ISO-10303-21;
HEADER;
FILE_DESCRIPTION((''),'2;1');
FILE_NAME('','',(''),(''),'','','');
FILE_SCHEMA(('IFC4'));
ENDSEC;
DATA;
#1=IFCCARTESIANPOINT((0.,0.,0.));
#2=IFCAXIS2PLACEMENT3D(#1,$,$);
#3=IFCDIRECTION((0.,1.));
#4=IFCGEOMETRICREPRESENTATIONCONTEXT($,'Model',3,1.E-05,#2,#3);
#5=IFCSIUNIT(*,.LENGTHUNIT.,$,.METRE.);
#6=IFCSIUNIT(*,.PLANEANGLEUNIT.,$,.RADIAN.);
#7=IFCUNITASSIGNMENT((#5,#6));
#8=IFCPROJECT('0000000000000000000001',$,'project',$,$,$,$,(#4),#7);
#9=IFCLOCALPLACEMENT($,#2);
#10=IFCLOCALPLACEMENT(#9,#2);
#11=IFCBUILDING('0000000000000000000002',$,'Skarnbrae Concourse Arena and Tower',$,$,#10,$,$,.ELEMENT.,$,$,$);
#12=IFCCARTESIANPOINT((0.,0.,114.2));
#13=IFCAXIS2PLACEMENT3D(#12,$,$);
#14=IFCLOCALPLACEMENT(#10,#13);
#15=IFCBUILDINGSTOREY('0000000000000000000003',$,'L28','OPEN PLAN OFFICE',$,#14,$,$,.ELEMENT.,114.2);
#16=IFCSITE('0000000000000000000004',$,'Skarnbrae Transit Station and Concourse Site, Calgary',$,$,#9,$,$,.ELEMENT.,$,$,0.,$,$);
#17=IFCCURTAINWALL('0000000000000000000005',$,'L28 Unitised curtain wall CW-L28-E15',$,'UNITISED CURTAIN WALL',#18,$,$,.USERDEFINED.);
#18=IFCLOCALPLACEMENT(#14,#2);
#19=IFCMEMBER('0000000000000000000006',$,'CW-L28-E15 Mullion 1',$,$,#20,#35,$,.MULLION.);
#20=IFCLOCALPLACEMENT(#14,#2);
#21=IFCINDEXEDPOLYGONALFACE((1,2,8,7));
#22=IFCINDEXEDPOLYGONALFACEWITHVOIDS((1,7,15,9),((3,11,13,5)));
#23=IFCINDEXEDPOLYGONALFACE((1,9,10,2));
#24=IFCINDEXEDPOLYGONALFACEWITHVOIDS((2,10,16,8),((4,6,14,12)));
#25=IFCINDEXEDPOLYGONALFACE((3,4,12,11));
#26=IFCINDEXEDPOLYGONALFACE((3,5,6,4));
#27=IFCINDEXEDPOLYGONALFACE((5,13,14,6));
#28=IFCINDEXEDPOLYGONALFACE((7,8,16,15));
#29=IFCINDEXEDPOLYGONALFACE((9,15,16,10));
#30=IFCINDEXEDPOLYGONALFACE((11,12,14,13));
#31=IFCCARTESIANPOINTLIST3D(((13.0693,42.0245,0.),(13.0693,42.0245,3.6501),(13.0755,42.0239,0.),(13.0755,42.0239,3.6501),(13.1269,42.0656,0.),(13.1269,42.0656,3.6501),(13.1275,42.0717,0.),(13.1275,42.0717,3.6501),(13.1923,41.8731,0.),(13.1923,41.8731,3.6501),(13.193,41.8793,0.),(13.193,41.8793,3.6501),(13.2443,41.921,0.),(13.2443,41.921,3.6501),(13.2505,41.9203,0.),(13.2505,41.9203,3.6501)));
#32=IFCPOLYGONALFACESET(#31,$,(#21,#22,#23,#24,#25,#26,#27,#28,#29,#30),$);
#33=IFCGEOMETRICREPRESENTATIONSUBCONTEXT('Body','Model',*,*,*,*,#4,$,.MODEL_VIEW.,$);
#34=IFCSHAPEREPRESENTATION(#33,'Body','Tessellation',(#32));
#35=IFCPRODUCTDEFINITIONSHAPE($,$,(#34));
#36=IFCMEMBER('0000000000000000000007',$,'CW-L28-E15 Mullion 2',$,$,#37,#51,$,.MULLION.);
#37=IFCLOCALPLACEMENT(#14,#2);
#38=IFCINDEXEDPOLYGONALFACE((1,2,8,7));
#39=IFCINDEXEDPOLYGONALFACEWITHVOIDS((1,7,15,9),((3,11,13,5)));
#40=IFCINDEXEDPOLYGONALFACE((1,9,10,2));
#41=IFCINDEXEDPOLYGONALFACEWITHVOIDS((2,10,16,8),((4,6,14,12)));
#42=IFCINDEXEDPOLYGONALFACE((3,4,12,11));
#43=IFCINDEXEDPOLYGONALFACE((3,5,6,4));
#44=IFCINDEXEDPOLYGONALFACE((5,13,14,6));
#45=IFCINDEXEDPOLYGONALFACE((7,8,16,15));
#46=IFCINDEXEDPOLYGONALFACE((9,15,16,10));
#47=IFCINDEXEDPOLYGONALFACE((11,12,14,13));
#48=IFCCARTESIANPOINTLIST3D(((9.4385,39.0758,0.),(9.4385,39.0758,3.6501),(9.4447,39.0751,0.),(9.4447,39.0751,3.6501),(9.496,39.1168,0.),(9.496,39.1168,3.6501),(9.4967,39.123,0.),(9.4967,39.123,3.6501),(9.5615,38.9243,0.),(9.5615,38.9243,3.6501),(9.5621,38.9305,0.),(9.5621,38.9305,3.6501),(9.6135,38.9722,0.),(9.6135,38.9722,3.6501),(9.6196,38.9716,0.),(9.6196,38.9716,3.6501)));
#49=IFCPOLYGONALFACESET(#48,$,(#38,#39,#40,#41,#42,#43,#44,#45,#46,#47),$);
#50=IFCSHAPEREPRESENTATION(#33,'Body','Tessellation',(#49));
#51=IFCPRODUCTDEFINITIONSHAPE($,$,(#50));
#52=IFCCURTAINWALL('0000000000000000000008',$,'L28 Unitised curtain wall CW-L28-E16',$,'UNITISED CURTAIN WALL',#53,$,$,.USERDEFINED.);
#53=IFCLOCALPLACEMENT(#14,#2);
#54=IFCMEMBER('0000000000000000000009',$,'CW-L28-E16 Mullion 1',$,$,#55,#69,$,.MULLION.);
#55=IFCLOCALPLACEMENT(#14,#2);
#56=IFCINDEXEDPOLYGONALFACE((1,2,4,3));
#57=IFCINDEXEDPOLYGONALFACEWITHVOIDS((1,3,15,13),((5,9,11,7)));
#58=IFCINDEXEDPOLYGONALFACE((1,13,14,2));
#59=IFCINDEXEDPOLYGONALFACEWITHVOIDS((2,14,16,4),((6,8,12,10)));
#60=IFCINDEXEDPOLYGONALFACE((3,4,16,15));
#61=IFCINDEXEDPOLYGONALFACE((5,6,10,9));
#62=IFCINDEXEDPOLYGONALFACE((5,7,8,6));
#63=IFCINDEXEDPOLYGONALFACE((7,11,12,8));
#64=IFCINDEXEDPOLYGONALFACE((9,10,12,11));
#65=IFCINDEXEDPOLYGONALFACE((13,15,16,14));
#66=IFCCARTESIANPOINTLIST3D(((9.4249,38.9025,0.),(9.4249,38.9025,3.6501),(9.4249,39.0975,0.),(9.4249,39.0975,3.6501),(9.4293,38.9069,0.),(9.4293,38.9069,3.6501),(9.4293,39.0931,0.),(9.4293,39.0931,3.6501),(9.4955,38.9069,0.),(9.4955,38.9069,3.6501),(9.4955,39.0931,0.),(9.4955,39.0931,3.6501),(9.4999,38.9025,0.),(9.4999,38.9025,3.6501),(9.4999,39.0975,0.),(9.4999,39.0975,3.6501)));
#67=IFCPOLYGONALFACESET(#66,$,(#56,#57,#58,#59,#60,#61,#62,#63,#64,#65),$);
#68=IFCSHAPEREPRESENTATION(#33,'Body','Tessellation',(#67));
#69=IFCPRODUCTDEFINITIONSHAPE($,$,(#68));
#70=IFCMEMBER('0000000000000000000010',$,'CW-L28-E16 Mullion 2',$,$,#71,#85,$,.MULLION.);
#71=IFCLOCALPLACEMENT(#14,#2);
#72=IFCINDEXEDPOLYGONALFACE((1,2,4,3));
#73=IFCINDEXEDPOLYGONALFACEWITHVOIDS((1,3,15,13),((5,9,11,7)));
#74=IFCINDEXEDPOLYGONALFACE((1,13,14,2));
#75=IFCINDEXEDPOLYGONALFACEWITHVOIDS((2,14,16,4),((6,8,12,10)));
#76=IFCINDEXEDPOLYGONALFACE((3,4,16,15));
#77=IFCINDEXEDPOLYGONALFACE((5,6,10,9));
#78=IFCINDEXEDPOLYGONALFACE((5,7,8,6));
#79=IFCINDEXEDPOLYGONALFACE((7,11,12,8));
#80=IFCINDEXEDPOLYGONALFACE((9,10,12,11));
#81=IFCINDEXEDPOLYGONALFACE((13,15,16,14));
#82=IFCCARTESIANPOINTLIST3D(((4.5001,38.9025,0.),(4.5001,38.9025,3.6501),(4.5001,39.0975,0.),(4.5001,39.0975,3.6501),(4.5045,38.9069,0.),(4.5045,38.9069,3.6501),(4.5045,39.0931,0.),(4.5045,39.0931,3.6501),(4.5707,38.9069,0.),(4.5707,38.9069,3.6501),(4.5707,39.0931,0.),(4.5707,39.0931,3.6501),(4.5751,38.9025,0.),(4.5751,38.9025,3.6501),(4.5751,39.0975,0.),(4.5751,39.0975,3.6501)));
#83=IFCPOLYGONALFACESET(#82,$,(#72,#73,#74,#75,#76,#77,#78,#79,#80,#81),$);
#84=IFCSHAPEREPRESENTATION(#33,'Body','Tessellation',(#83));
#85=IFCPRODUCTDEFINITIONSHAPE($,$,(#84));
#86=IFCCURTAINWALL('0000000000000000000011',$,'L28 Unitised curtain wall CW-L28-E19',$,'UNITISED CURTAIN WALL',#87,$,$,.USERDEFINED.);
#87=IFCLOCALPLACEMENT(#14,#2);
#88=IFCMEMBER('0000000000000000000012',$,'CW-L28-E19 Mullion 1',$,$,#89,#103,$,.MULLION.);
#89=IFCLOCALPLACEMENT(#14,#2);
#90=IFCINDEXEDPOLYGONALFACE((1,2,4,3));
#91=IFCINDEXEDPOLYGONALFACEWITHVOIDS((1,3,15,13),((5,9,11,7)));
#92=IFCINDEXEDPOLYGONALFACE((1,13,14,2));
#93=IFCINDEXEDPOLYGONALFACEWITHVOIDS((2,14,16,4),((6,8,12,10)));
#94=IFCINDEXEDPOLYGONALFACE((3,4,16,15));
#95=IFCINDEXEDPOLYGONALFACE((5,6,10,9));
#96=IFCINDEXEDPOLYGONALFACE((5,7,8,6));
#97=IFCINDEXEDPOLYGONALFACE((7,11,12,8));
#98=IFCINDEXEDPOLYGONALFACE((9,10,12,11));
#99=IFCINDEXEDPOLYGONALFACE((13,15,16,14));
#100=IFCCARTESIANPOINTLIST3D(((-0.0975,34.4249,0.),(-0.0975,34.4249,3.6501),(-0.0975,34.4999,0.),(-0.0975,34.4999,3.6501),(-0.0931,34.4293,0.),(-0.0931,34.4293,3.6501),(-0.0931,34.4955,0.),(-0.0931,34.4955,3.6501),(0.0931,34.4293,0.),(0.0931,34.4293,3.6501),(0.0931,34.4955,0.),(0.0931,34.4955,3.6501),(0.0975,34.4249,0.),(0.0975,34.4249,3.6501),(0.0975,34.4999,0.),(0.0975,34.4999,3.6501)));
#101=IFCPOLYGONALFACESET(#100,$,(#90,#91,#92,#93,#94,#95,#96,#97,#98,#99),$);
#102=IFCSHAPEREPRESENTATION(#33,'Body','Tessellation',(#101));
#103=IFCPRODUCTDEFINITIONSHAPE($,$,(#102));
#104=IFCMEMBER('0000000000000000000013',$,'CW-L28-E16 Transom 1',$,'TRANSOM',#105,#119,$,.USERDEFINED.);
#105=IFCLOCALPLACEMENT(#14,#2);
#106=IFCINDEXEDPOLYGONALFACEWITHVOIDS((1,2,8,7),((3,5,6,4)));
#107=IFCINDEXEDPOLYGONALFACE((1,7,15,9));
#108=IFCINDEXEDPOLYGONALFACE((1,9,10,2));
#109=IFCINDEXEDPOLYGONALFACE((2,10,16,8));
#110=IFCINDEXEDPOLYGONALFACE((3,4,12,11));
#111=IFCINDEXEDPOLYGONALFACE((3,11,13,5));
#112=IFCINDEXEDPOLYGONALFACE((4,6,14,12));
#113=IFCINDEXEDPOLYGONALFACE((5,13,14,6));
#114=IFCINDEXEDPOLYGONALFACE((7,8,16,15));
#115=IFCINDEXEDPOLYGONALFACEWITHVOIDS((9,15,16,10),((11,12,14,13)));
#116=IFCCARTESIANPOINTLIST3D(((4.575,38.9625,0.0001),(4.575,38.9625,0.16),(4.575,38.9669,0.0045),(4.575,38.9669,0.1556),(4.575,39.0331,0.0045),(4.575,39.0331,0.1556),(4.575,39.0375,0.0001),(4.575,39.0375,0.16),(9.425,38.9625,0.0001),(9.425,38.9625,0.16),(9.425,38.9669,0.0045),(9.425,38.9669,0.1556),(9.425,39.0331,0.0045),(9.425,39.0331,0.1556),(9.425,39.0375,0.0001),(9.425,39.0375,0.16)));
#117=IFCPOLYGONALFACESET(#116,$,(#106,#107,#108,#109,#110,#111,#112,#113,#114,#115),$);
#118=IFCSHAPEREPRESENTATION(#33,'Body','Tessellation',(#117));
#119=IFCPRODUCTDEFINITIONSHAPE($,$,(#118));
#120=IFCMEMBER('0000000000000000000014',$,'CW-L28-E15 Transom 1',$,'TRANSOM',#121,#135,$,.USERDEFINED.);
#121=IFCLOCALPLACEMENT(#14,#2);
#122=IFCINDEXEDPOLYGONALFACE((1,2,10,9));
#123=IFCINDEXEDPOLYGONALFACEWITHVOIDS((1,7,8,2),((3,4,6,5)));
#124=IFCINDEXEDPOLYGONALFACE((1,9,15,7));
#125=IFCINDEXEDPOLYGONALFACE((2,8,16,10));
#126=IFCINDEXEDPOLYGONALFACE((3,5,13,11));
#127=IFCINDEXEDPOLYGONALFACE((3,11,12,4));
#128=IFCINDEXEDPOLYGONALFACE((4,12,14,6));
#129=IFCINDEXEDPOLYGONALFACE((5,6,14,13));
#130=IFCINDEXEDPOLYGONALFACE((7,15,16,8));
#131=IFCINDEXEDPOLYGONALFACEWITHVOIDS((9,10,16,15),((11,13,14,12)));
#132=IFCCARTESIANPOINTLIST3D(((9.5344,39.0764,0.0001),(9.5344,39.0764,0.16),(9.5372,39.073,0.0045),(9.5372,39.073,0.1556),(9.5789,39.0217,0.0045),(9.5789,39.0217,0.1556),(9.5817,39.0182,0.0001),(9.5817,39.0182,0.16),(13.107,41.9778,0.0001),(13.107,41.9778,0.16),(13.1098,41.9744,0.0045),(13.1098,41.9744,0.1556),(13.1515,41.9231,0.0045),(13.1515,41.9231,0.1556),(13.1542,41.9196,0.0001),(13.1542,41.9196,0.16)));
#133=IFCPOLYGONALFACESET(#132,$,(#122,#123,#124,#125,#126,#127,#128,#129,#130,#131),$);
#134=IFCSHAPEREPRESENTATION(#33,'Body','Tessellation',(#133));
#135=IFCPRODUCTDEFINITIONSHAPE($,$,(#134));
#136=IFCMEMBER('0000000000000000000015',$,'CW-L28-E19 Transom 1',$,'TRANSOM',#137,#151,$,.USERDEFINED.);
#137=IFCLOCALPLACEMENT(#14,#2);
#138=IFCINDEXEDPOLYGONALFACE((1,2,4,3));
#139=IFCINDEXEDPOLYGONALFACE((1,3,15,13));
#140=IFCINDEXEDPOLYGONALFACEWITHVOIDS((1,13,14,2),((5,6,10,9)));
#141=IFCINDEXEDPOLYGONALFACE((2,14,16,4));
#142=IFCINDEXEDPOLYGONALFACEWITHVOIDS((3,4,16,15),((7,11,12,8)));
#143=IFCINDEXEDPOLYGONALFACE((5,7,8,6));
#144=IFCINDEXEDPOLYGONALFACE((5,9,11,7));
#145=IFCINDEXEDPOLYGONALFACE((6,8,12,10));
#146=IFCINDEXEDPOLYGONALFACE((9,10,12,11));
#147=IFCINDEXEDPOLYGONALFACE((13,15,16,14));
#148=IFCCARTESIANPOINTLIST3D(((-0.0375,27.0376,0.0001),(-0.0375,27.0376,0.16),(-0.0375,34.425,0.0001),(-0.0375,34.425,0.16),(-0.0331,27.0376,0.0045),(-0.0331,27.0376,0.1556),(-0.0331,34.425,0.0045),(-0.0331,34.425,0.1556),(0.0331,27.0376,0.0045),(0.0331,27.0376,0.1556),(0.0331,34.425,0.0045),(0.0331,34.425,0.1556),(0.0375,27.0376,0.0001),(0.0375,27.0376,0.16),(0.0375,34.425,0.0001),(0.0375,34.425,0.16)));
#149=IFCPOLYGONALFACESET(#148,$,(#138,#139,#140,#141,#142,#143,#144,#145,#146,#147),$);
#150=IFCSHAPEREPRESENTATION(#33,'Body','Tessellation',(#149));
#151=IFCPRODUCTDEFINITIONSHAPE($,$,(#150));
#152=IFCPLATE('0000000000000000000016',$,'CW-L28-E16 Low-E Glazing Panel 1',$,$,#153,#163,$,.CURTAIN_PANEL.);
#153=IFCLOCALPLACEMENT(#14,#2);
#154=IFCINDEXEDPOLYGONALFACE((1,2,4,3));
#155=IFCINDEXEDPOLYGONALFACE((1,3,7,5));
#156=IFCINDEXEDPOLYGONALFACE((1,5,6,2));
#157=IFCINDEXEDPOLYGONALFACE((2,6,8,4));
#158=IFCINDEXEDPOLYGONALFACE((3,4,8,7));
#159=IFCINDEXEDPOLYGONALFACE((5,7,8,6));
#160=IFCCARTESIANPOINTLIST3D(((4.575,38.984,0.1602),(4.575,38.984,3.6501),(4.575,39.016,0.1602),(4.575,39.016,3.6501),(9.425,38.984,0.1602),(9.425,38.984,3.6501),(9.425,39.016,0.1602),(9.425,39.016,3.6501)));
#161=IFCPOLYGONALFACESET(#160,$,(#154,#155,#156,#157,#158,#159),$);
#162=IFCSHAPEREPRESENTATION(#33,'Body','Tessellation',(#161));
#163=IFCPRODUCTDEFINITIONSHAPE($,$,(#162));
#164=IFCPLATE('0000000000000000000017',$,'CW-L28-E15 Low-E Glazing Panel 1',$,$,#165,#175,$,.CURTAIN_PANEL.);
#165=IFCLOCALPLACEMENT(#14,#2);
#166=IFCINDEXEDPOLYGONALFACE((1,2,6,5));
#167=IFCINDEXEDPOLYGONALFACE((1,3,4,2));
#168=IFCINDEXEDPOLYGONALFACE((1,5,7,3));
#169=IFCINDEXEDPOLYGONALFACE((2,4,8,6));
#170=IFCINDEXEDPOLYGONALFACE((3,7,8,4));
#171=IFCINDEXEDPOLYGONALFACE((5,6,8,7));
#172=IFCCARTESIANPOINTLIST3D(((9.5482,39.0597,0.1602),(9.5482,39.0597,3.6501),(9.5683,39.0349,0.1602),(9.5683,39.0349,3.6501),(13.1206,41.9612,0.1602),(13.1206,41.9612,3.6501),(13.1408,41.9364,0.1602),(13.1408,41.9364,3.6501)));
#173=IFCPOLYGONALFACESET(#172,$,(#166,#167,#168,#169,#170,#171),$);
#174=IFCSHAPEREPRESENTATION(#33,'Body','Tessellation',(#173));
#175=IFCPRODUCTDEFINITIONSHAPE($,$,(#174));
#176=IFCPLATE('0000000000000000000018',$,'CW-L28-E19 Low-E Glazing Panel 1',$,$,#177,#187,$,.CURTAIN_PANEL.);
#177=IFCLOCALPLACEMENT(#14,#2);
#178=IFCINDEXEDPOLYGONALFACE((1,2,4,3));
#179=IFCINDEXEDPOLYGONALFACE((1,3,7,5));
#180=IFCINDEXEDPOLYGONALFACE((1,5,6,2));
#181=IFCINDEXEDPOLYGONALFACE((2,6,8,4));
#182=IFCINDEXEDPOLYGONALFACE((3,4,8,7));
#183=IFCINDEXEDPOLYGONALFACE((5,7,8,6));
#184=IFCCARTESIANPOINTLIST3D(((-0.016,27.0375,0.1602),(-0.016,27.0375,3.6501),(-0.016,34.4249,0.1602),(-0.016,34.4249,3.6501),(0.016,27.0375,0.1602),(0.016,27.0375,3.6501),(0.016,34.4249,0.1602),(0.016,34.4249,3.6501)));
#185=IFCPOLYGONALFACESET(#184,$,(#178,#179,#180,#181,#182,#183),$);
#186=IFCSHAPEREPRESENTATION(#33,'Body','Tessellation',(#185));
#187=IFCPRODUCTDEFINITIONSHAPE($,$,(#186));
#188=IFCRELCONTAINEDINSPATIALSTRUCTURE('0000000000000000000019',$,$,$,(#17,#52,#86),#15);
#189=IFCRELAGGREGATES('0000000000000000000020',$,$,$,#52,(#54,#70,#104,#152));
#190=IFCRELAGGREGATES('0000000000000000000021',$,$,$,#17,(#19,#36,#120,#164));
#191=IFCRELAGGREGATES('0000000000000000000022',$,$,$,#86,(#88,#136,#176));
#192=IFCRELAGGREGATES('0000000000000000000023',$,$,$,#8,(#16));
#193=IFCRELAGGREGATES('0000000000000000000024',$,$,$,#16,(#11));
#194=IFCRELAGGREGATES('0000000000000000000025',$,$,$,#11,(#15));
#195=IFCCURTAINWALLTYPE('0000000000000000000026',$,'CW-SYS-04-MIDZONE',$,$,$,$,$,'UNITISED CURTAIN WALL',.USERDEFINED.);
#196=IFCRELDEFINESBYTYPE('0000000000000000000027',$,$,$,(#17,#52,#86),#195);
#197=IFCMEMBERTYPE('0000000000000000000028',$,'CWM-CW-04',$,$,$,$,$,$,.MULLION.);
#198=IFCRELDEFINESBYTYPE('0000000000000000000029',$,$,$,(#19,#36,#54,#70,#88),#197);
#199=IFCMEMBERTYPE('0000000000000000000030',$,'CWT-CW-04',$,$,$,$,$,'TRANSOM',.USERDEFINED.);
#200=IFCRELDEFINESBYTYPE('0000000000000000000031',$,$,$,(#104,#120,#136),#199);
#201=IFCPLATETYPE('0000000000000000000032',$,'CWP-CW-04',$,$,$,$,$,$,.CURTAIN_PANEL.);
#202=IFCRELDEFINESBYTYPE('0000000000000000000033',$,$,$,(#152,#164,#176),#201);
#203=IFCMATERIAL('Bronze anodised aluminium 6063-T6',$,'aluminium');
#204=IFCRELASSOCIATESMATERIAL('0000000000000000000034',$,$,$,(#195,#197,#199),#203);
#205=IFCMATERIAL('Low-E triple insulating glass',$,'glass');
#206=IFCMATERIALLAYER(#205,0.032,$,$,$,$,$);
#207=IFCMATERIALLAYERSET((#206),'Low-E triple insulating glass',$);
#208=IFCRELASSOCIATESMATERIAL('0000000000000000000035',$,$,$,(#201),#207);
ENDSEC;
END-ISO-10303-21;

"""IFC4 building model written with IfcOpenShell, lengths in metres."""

from ifc_helpers import new_model, si_unit, direction, frame, origin, origin_2d, place, context, subcontext, project, spatial, rectangle, hollow_rectangle, extrude, source, transform, mapped, material, layer, layer_set, material_profile, profile_set, type_object, element, aggregate, save


model = new_model("IFC4")

# Units and contexts
model_context = context("Model", 3, precision=1e-05, world=origin(), true_north=direction((0.0, 1.0)))
body_context = subcontext(model_context, "Body", "Model", "MODEL_VIEW")
ifc_project = project(units=[si_unit("LENGTHUNIT", "METRE"), si_unit("PLANEANGLEUNIT", "RADIAN")], contexts=[model_context])

# Site, building, storey
site_placement = place(None, origin())
site = spatial("IfcSite", under=ifc_project, at=site_placement, Name="Skarnbrae Transit Station and Concourse Site, Calgary", CompositionType="ELEMENT", RefElevation=0.0)
building_placement = place(site_placement, origin())
building = spatial("IfcBuilding", under=site, at=building_placement, Name="Skarnbrae Concourse Arena and Tower", CompositionType="ELEMENT")
storey_placement = place(building_placement, frame((0.0, 0.0, 114.2)))
storey = spatial("IfcBuildingStorey", under=building, at=storey_placement, Name="L28", Description="OPEN PLAN OFFICE", CompositionType="ELEMENT", Elevation=114.2)

# Shared definitions
ifc_material_1 = material(Name="Bronze anodised aluminium 6063-T6", Category="aluminium")
curtain_wall_type = type_object("IfcCurtainWallType", Name="CW-SYS-04-MIDZONE", ElementType="UNITISED CURTAIN WALL", PredefinedType="USERDEFINED", material=ifc_material_1)
ifc_material_profile_1 = material_profile(ifc_material_1, hollow_rectangle(XDim=0.075, YDim=0.1951, WallThickness=0.0044, at=origin_2d()), Name="ALU-MULL-75X195")
ifc_profile_set_1 = profile_set([ifc_material_profile_1], Name="Bronze anodised aluminium 6063-T6")
member_type_1 = type_object("IfcMemberType", Name="CWM-CW-04", PredefinedType="MULLION", material=ifc_profile_set_1)
shared_shape_1 = source(origin(), body_context, "Body", "SweptSolid", [
    extrude(hollow_rectangle(XDim=0.075, YDim=0.1951, WallThickness=0.0044, at=origin_2d()), origin(), (0.0, 0.0, 1.0), 3.6501),
])

# Curtain walls, members
curtain_wall_1_placement = place(storey_placement, origin())
curtain_wall_1 = element("IfcCurtainWall", 1, at=curtain_wall_1_placement, inside=storey, type_object=curtain_wall_type, Name="L28 Unitised curtain wall CW-L28-E15", ObjectType="UNITISED CURTAIN WALL", PredefinedType="USERDEFINED")
member_1_placement = place(storey_placement, frame((13.1599, 41.9724, 0.0), z_axis=(0.0, 0.0, 1.0), x_axis=(-0.776241, -0.630436, 0.0)))
member_1 = element("IfcMember", 2, at=member_1_placement, type_object=member_type_1, Name="CW-L28-E15 Mullion 1", PredefinedType="MULLION", context=body_context, shape_type="MappedRepresentation", body=[
    mapped(shared_shape_1, transform((0.0, 0.0, 0.0))),
])
member_2_placement = place(storey_placement, frame((9.5291, 39.0237, 0.0), z_axis=(0.0, 0.0, 1.0), x_axis=(-0.776241, -0.630436, 0.0)))
member_2 = element("IfcMember", 3, at=member_2_placement, type_object=member_type_1, Name="CW-L28-E15 Mullion 2", PredefinedType="MULLION", context=body_context, shape_type="MappedRepresentation", body=[
    mapped(shared_shape_1, transform((0.0, 0.0, 0.0))),
])
curtain_wall_2_placement = place(storey_placement, origin())
curtain_wall_2 = element("IfcCurtainWall", 4, at=curtain_wall_2_placement, inside=storey, type_object=curtain_wall_type, Name="L28 Unitised curtain wall CW-L28-E16", ObjectType="UNITISED CURTAIN WALL", PredefinedType="USERDEFINED")
member_3_placement = place(storey_placement, frame((9.4624, 39.0, 0.0), z_axis=(0.0, 0.0, 1.0), x_axis=(-1.0, 0.0, 0.0)))
member_3 = element("IfcMember", 5, at=member_3_placement, type_object=member_type_1, Name="CW-L28-E16 Mullion 1", PredefinedType="MULLION", context=body_context, shape_type="MappedRepresentation", body=[
    mapped(shared_shape_1, transform((0.0, 0.0, 0.0))),
])
member_4_placement = place(storey_placement, frame((4.5376, 39.0, 0.0), z_axis=(0.0, 0.0, 1.0), x_axis=(-1.0, 0.0, 0.0)))
member_4 = element("IfcMember", 6, at=member_4_placement, type_object=member_type_1, Name="CW-L28-E16 Mullion 2", PredefinedType="MULLION", context=body_context, shape_type="MappedRepresentation", body=[
    mapped(shared_shape_1, transform((0.0, 0.0, 0.0))),
])

# Curtain wall, member
curtain_wall_3_placement = place(storey_placement, origin())
curtain_wall_3 = element("IfcCurtainWall", 7, at=curtain_wall_3_placement, inside=storey, type_object=curtain_wall_type, Name="L28 Unitised curtain wall CW-L28-E19", ObjectType="UNITISED CURTAIN WALL", PredefinedType="USERDEFINED")
member_5_placement = place(storey_placement, frame((0.0, 34.4624, 0.0), z_axis=(0.0, 0.0, 1.0), x_axis=(0.0, -1.0, 0.0)))
member_5 = element("IfcMember", 8, at=member_5_placement, type_object=member_type_1, Name="CW-L28-E19 Mullion 1", PredefinedType="MULLION", context=body_context, shape_type="MappedRepresentation", body=[
    mapped(shared_shape_1, transform((0.0, 0.0, 0.0))),
])

# Members
ifc_material_profile_2 = material_profile(ifc_material_1, hollow_rectangle(XDim=0.075, YDim=0.1599, WallThickness=0.0044, at=origin_2d()), Name="ALU-TRAN-75X160")
ifc_profile_set_2 = profile_set([ifc_material_profile_2], Name="Bronze anodised aluminium 6063-T6")
member_type_2 = type_object("IfcMemberType", Name="CWT-CW-04", ElementType="TRANSOM", PredefinedType="USERDEFINED", material=ifc_profile_set_2)
shared_shape_2 = source(origin(), body_context, "Body", "SweptSolid", [
    extrude(hollow_rectangle(XDim=0.075, YDim=0.1599, WallThickness=0.0044, at=origin_2d()), origin(), (0.0, 0.0, 1.0), 4.8501),
])
member_6_placement = place(storey_placement, frame((9.425, 39.0, 0.0801), z_axis=(-1.0, 0.0, 0.0), x_axis=(0.0, -1.0, 0.0)))
member_6 = element("IfcMember", 9, at=member_6_placement, type_object=member_type_2, Name="CW-L28-E16 Transom 1", ObjectType="TRANSOM", PredefinedType="USERDEFINED", context=body_context, shape_type="MappedRepresentation", body=[
    mapped(shared_shape_2, transform((0.0, 0.0, 0.0))),
])
shared_shape_3 = source(origin(), body_context, "Body", "SweptSolid", [
    extrude(hollow_rectangle(XDim=0.075, YDim=0.1599, WallThickness=0.0044, at=origin_2d()), origin(), (0.0, 0.0, 1.0), 4.6023),
])
member_7_placement = place(storey_placement, frame((13.1306, 41.9487, 0.0801), z_axis=(-0.776252, -0.630423, 0.0), x_axis=(0.630423, -0.776252, 0.0)))
member_7 = element("IfcMember", 10, at=member_7_placement, type_object=member_type_2, Name="CW-L28-E15 Transom 1", ObjectType="TRANSOM", PredefinedType="USERDEFINED", context=body_context, shape_type="MappedRepresentation", body=[
    mapped(shared_shape_3, transform((0.0, 0.0, 0.0))),
])
shared_shape_4 = source(origin(), body_context, "Body", "SweptSolid", [
    extrude(hollow_rectangle(XDim=0.075, YDim=0.1599, WallThickness=0.0044, at=origin_2d()), origin(), (0.0, 0.0, 1.0), 7.3875),
])
member_8_placement = place(storey_placement, frame((0.0, 34.425, 0.0801), z_axis=(0.0, -1.0, 0.0), x_axis=(1.0, 0.0, 0.0)))
member_8 = element("IfcMember", 11, at=member_8_placement, type_object=member_type_2, Name="CW-L28-E19 Transom 1", ObjectType="TRANSOM", PredefinedType="USERDEFINED", context=body_context, shape_type="MappedRepresentation", body=[
    mapped(shared_shape_4, transform((0.0, 0.0, 0.0))),
])

# Plates
ifc_material_2 = material(Name="Low-E triple insulating glass", Category="glass")
ifc_layer_1 = layer(ifc_material_2, 0.032)
ifc_layer_set_1 = layer_set([ifc_layer_1], Name="Low-E triple insulating glass")
plate_type = type_object("IfcPlateType", Name="CWP-CW-04", PredefinedType="CURTAIN_PANEL", material=ifc_layer_set_1)
shared_shape_5 = source(origin(), body_context, "Body", "SweptSolid", [
    extrude(rectangle(XDim=4.8501, YDim=0.032, at=origin_2d()), origin(), (0.0, 0.0, 1.0), 3.49),
])
plate_1_placement = place(storey_placement, frame((7.0, 39.0, 0.1602), z_axis=(0.0, 0.0, 1.0), x_axis=(-1.0, 0.0, 0.0)))
plate_1 = element("IfcPlate", 12, at=plate_1_placement, type_object=plate_type, Name="CW-L28-E16 Low-E Glazing Panel 1", PredefinedType="CURTAIN_PANEL", context=body_context, shape_type="MappedRepresentation", body=[
    mapped(shared_shape_5, transform((0.0, 0.0, 0.0))),
])
aggregate(curtain_wall_2, [member_3, member_4, member_6, plate_1])
shared_shape_6 = source(origin(), body_context, "Body", "SweptSolid", [
    extrude(rectangle(XDim=4.6023, YDim=0.032, at=origin_2d()), origin(), (0.0, 0.0, 1.0), 3.49),
])
plate_2_placement = place(storey_placement, frame((11.3445, 40.498, 0.1602), z_axis=(0.0, 0.0, 1.0), x_axis=(-0.776241, -0.630436, 0.0)))
plate_2 = element("IfcPlate", 13, at=plate_2_placement, type_object=plate_type, Name="CW-L28-E15 Low-E Glazing Panel 1", PredefinedType="CURTAIN_PANEL", context=body_context, shape_type="MappedRepresentation", body=[
    mapped(shared_shape_6, transform((0.0, 0.0, 0.0))),
])
aggregate(curtain_wall_1, [member_1, member_2, member_7, plate_2])
shared_shape_7 = source(origin(), body_context, "Body", "SweptSolid", [
    extrude(rectangle(XDim=7.3875, YDim=0.032, at=origin_2d()), origin(), (0.0, 0.0, 1.0), 3.49),
])
plate_3_placement = place(storey_placement, frame((0.0, 30.7312, 0.1602), z_axis=(0.0, 0.0, 1.0), x_axis=(0.0, -1.0, 0.0)))
plate_3 = element("IfcPlate", 14, at=plate_3_placement, type_object=plate_type, Name="CW-L28-E19 Low-E Glazing Panel 1", PredefinedType="CURTAIN_PANEL", context=body_context, shape_type="MappedRepresentation", body=[
    mapped(shared_shape_7, transform((0.0, 0.0, 0.0))),
])
aggregate(curtain_wall_3, [member_5, member_8, plate_3])

save(model, "model.ifc")
